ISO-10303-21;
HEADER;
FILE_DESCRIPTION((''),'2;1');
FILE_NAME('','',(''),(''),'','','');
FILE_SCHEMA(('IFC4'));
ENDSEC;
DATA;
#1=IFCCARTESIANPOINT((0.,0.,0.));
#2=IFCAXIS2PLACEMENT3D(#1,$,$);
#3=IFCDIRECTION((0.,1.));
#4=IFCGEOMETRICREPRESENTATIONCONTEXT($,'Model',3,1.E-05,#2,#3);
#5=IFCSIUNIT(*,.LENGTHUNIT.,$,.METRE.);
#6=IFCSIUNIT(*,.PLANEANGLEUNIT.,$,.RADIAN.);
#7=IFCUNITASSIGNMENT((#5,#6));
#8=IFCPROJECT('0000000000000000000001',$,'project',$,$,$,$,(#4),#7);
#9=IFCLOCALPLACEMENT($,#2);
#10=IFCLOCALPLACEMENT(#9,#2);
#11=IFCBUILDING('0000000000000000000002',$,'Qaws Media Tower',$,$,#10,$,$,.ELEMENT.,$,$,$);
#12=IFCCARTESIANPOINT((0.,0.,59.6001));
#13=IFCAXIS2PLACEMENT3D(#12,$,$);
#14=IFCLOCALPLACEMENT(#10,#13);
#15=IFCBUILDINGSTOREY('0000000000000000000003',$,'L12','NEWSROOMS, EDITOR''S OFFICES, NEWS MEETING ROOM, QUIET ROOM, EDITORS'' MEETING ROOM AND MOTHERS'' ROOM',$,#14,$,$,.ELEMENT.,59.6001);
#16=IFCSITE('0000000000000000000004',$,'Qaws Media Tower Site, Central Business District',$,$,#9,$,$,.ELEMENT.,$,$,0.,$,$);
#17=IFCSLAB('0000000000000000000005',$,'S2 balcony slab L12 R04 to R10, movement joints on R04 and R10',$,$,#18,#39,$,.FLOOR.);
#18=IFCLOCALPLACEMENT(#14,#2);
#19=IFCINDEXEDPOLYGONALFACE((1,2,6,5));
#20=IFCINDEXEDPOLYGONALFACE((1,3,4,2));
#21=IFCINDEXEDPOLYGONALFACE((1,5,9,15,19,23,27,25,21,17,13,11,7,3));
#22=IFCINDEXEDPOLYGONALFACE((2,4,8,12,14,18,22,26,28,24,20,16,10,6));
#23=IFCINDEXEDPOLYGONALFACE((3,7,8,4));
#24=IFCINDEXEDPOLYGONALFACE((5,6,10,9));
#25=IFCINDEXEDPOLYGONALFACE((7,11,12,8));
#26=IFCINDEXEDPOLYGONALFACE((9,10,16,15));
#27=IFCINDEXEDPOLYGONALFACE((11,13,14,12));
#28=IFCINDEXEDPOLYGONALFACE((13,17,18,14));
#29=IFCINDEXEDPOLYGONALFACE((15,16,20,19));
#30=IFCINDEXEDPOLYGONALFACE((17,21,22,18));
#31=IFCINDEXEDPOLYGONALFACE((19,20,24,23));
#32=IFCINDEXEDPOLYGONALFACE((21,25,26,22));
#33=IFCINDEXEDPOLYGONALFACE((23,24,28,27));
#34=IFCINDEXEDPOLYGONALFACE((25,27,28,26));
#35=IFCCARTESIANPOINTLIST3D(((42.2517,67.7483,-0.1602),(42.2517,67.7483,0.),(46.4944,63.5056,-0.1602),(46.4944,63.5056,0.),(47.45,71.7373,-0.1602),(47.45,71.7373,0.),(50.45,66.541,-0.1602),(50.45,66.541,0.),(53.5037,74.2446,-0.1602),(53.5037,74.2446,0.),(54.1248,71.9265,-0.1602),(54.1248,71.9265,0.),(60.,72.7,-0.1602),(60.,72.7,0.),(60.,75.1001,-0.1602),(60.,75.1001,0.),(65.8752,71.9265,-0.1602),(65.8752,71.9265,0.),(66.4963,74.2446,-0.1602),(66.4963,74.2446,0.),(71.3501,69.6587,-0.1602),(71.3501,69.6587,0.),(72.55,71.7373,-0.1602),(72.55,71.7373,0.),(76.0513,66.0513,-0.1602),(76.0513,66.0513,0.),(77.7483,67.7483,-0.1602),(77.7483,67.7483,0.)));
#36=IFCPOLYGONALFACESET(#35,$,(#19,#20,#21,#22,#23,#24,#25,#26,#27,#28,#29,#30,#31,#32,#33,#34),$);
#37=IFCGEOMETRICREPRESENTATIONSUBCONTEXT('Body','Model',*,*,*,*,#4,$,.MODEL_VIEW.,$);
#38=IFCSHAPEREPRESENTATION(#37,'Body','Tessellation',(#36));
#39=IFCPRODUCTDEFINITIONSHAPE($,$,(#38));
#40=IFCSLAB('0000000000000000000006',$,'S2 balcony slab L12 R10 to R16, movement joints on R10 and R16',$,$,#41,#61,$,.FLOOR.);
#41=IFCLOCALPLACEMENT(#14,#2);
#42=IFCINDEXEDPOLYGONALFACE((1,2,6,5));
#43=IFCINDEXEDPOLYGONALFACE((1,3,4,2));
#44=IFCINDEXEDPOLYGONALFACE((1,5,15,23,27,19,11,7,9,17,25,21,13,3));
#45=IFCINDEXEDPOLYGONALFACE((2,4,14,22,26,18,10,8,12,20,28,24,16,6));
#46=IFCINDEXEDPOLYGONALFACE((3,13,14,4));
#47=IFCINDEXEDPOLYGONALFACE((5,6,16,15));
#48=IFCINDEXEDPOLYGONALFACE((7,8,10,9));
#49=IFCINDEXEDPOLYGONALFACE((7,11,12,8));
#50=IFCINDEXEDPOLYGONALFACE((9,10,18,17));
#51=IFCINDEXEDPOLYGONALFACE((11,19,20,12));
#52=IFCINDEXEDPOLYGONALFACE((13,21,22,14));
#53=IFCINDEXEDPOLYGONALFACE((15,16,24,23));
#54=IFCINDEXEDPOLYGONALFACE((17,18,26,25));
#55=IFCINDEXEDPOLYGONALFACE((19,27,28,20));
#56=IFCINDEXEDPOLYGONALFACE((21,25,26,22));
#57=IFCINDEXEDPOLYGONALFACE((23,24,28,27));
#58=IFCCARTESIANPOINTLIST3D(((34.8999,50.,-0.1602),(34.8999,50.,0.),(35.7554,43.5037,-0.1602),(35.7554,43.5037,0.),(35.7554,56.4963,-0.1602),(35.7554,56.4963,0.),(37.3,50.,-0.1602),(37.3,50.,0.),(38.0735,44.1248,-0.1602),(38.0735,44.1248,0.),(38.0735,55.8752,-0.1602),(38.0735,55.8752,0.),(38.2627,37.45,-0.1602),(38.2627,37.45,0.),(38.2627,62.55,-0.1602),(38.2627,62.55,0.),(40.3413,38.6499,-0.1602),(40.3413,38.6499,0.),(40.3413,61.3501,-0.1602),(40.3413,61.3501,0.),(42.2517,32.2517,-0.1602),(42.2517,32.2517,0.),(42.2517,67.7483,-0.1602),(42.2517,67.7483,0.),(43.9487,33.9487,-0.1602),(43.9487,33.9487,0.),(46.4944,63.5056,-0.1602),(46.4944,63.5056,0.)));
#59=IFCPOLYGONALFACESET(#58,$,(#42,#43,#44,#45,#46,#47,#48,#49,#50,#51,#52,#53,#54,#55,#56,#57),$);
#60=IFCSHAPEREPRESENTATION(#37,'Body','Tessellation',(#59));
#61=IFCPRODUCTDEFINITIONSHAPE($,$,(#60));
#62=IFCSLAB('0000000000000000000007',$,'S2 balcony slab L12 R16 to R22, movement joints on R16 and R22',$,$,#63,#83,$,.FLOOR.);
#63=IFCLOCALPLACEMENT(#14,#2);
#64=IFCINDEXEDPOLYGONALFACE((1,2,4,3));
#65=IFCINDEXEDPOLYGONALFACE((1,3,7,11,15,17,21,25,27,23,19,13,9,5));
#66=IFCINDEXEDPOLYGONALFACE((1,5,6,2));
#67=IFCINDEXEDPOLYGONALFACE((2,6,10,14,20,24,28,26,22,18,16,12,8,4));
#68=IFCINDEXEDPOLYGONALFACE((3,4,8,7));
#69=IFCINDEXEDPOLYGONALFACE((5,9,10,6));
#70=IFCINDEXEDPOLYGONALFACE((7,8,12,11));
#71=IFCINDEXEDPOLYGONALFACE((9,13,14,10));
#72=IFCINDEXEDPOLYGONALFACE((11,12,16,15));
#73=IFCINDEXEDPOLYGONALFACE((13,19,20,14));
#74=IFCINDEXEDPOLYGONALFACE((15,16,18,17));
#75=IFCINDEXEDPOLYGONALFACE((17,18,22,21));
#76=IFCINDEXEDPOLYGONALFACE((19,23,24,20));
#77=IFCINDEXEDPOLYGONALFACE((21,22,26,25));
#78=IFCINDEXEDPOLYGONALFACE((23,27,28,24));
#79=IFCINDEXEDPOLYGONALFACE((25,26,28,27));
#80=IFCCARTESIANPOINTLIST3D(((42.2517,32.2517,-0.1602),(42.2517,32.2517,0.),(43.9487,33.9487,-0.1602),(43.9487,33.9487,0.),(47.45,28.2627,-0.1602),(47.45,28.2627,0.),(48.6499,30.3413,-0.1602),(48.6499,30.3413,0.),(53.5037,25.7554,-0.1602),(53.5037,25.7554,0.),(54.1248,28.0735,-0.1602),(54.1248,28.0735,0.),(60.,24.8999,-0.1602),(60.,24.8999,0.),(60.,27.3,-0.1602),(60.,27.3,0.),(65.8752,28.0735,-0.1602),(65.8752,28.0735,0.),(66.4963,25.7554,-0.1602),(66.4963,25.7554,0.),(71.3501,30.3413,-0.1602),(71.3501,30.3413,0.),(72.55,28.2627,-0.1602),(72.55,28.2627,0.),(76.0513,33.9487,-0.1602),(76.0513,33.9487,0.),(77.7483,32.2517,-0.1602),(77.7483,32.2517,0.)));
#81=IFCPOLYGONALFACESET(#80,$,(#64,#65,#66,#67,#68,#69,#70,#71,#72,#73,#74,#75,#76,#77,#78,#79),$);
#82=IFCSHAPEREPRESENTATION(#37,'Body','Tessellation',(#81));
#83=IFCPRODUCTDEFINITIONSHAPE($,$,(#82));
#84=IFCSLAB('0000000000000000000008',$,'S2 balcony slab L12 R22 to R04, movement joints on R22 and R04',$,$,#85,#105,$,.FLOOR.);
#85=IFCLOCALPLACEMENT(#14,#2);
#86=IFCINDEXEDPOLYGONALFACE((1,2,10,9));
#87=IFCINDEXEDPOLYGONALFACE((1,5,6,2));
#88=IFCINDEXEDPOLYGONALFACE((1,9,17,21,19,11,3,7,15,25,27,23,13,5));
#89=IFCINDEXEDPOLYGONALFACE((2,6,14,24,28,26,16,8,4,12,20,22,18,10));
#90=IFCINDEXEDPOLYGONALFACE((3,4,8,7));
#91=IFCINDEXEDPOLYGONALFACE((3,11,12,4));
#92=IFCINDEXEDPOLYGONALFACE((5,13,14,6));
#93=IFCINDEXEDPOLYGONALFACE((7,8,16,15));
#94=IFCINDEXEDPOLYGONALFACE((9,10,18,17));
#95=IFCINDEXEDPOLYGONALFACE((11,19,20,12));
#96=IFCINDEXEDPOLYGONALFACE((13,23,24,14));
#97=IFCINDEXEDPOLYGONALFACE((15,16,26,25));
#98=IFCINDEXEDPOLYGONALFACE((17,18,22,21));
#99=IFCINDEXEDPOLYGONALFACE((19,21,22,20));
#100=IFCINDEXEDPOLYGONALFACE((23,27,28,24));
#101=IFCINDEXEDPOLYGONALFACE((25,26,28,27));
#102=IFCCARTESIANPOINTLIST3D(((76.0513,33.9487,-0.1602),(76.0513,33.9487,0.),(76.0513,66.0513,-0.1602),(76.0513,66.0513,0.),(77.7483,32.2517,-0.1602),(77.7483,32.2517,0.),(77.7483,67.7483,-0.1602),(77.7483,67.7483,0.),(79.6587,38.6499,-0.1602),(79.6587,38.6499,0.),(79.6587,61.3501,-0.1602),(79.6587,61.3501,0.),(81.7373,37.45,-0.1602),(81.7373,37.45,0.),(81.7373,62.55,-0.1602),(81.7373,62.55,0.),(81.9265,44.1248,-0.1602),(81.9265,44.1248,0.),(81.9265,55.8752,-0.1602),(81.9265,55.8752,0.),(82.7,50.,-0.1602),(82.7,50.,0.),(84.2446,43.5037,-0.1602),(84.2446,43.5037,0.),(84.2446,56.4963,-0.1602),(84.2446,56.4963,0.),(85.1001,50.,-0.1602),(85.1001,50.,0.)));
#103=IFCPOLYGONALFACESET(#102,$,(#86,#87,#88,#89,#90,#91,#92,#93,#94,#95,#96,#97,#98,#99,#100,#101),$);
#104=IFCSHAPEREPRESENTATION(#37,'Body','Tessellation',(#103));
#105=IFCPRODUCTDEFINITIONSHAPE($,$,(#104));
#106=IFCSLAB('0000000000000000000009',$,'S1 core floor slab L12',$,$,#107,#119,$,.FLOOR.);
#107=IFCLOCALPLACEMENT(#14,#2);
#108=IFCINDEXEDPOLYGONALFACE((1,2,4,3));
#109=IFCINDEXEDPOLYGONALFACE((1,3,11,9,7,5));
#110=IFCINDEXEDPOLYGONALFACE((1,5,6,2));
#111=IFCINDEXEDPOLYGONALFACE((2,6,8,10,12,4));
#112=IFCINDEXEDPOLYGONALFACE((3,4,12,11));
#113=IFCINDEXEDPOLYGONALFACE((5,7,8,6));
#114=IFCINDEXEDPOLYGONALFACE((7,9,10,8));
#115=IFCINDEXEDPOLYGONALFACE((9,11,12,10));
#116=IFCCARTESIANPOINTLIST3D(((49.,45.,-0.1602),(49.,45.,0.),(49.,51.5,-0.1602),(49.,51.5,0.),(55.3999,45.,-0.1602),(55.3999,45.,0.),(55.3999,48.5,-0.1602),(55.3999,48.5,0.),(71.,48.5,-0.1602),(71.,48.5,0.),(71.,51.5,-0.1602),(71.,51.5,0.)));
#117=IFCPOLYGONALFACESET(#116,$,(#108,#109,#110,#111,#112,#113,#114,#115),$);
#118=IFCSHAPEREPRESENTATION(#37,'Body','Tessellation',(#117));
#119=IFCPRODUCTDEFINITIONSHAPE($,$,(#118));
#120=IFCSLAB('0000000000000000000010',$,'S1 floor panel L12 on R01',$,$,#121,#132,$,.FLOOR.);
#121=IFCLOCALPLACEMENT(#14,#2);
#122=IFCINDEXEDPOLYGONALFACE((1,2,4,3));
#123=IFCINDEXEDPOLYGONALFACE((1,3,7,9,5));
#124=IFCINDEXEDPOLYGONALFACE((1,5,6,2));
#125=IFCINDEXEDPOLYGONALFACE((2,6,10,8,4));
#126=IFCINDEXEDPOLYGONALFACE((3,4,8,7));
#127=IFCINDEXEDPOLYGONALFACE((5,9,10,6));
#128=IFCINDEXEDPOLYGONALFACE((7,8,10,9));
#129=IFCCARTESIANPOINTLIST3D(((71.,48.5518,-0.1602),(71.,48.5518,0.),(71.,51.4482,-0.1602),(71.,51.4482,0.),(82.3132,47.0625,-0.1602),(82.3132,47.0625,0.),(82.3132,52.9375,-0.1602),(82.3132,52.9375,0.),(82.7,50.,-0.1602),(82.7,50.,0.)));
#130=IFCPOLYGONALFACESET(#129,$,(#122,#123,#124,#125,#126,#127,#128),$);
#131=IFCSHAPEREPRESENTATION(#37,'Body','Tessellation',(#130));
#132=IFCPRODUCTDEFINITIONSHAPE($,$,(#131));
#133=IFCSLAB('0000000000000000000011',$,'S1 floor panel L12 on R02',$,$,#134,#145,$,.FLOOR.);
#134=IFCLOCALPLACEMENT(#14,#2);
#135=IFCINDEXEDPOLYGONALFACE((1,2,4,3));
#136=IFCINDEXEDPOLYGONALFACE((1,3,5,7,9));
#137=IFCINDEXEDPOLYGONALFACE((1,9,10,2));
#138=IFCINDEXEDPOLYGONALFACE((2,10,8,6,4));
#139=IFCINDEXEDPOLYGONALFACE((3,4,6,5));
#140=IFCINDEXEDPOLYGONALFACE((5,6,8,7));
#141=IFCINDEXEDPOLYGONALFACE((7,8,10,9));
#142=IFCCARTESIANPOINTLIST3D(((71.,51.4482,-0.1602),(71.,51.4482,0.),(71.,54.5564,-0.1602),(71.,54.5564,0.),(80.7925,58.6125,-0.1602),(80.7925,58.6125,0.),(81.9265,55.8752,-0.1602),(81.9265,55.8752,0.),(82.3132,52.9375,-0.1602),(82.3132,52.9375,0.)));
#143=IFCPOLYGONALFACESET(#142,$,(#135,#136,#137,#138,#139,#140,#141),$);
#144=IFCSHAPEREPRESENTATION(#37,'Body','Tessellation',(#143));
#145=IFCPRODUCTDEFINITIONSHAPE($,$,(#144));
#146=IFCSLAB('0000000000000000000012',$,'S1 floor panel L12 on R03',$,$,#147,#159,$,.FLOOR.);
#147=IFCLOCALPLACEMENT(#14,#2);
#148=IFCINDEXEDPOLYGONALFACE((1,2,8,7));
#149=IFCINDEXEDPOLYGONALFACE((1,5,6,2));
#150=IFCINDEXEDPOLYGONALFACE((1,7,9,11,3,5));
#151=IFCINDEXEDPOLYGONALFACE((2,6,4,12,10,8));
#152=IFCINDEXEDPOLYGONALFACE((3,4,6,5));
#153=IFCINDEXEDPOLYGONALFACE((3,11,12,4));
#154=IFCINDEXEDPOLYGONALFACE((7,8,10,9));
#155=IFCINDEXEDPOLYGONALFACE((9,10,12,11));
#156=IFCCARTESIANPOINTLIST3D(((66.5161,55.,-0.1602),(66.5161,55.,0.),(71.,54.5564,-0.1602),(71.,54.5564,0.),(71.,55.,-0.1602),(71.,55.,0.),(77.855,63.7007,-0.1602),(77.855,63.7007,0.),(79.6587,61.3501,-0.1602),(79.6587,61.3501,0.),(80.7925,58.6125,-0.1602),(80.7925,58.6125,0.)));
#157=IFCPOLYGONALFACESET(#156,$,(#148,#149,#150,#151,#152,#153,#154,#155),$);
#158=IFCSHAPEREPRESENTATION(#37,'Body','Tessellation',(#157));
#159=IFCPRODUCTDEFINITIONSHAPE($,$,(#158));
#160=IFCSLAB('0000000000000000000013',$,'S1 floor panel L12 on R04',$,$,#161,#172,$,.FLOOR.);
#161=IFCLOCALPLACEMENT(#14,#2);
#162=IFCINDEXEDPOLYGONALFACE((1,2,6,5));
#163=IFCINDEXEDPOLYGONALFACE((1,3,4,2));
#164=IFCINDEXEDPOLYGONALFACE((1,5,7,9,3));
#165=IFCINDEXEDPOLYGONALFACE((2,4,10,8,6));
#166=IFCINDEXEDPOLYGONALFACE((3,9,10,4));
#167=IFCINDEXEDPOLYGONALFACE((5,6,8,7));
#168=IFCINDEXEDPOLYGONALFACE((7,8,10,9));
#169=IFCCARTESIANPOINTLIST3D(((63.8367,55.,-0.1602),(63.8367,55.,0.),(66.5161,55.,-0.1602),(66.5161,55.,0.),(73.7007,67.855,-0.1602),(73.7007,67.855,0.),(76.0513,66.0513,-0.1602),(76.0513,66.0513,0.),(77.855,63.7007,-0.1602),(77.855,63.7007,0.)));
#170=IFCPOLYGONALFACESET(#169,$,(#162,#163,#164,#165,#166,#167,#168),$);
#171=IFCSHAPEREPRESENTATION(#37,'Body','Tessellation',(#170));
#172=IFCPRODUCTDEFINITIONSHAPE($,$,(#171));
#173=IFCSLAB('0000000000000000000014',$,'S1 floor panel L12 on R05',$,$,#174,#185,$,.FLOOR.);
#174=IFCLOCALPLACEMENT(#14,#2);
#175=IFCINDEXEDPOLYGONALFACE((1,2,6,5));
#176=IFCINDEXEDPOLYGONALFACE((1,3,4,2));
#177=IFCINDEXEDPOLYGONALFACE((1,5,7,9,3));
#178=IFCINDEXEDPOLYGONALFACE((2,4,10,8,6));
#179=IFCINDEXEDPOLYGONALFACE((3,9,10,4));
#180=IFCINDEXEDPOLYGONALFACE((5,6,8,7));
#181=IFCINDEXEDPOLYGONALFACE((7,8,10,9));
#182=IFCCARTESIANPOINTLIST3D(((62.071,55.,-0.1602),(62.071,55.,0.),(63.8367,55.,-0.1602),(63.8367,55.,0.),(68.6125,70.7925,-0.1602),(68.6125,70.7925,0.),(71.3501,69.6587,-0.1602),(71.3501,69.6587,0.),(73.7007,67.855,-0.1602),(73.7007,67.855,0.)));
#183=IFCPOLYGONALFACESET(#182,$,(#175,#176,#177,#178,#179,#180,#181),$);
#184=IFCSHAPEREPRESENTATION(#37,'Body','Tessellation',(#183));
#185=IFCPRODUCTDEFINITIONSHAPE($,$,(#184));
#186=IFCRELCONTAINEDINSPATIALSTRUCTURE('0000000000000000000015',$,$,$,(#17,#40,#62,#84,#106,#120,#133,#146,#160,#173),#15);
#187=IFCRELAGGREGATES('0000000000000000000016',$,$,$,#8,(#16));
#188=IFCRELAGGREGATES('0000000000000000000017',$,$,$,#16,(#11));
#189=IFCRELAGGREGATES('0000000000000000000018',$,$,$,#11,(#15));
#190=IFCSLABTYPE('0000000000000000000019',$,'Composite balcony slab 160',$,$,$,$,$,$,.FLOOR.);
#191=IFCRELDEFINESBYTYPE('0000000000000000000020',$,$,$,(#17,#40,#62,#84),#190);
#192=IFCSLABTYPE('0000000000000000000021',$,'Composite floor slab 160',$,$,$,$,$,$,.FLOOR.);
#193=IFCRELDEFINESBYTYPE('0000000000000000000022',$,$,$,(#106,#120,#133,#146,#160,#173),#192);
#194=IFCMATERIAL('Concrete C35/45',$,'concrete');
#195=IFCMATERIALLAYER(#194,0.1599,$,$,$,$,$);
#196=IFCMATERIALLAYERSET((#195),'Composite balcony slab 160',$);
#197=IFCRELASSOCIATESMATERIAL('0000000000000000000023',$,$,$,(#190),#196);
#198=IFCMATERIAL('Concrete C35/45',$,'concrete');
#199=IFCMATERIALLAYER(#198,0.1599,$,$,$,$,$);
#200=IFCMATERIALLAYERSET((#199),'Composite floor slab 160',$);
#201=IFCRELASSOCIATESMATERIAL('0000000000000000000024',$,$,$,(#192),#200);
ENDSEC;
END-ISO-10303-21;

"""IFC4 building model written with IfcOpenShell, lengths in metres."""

from ifc_helpers import new_model, si_unit, direction, frame, origin, place, context, subcontext, project, spatial, polyline, outline, extrude, material, layer, layer_set, type_object, element, save


model = new_model("IFC4")

# Units and contexts
model_context = context("Model", 3, precision=1e-05, world=origin(), true_north=direction((0.0, 1.0)))
body_context = subcontext(model_context, "Body", "Model", "MODEL_VIEW")
ifc_project = project(units=[si_unit("LENGTHUNIT", "METRE"), si_unit("PLANEANGLEUNIT", "RADIAN")], contexts=[model_context])

# Site, building, storey
site_placement = place(None, origin())
site = spatial("IfcSite", under=ifc_project, at=site_placement, Name="Qaws Media Tower Site, Central Business District", CompositionType="ELEMENT", RefElevation=0.0)
building_placement = place(site_placement, origin())
building = spatial("IfcBuilding", under=site, at=building_placement, Name="Qaws Media Tower", CompositionType="ELEMENT")
storey_placement = place(building_placement, frame((0.0, 0.0, 59.6001)))
storey = spatial("IfcBuildingStorey", under=building, at=storey_placement, Name="L12", Description="NEWSROOMS, EDITOR'S OFFICES, NEWS MEETING ROOM, QUIET ROOM, EDITORS' MEETING ROOM AND MOTHERS' ROOM", CompositionType="ELEMENT", Elevation=59.6001)

# Slabs
ifc_material_1 = material(Name="Concrete C35/45", Category="concrete")
ifc_layer_1 = layer(ifc_material_1, 0.1599)
ifc_layer_set_1 = layer_set([ifc_layer_1], Name="Composite balcony slab 160")
slab_type_1 = type_object("IfcSlabType", Name="Composite balcony slab 160", PredefinedType="FLOOR", material=ifc_layer_set_1)
slab_1_placement = place(storey_placement, frame((0.0, 0.0, -0.1602)))
element("IfcSlab", 1, at=slab_1_placement, inside=storey, type_object=slab_type_1, Name="S2 balcony slab L12 R04 to R10, movement joints on R04 and R10", PredefinedType="FLOOR", context=body_context, shape_type="SweptSolid", body=[
    extrude(outline(polyline([(47.45, 71.7373), (53.5037, 74.2446), (60.0, 75.1001), (66.4963, 74.2446), (72.55, 71.7373), (77.7483, 67.7483), (76.0513, 66.0513), (71.3501, 69.6587), (65.8752, 71.9265), (60.0, 72.7), (54.1248, 71.9265), (50.45, 66.541), (46.4944, 63.5056), (42.2517, 67.7483), (47.45, 71.7373)])), origin(), (0.0, 0.0, 1.0), 0.1602),
])
slab_2_placement = place(storey_placement, frame((0.0, 0.0, -0.1602)))
element("IfcSlab", 2, at=slab_2_placement, inside=storey, type_object=slab_type_1, Name="S2 balcony slab L12 R10 to R16, movement joints on R10 and R16", PredefinedType="FLOOR", context=body_context, shape_type="SweptSolid", body=[
    extrude(outline(polyline([(38.2627, 37.45), (35.7554, 43.5037), (34.8999, 50.0), (35.7554, 56.4963), (38.2627, 62.55), (42.2517, 67.7483), (46.4944, 63.5056), (40.3413, 61.3501), (38.0735, 55.8752), (37.3, 50.0), (38.0735, 44.1248), (40.3413, 38.6499), (43.9487, 33.9487), (42.2517, 32.2517), (38.2627, 37.45)])), origin(), (0.0, 0.0, 1.0), 0.1602),
])
slab_3_placement = place(storey_placement, frame((0.0, 0.0, -0.1602)))
element("IfcSlab", 3, at=slab_3_placement, inside=storey, type_object=slab_type_1, Name="S2 balcony slab L12 R16 to R22, movement joints on R16 and R22", PredefinedType="FLOOR", context=body_context, shape_type="SweptSolid", body=[
    extrude(outline(polyline([(72.55, 28.2627), (66.4963, 25.7554), (60.0, 24.8999), (53.5037, 25.7554), (47.45, 28.2627), (42.2517, 32.2517), (43.9487, 33.9487), (48.6499, 30.3413), (54.1248, 28.0735), (60.0, 27.3), (65.8752, 28.0735), (71.3501, 30.3413), (76.0513, 33.9487), (77.7483, 32.2517), (72.55, 28.2627)])), origin(), (0.0, 0.0, 1.0), 0.1602),
])
slab_4_placement = place(storey_placement, frame((0.0, 0.0, -0.1602)))
element("IfcSlab", 4, at=slab_4_placement, inside=storey, type_object=slab_type_1, Name="S2 balcony slab L12 R22 to R04, movement joints on R22 and R04", PredefinedType="FLOOR", context=body_context, shape_type="SweptSolid", body=[
    extrude(outline(polyline([(81.7373, 37.45), (77.7483, 32.2517), (76.0513, 33.9487), (79.6587, 38.6499), (81.9265, 44.1248), (82.7, 50.0), (81.9265, 55.8752), (79.6587, 61.3501), (76.0513, 66.0513), (77.7483, 67.7483), (81.7373, 62.55), (84.2446, 56.4963), (85.1001, 50.0), (84.2446, 43.5037), (81.7373, 37.45)])), origin(), (0.0, 0.0, 1.0), 0.1602),
])
ifc_material_2 = material(Name="Concrete C35/45", Category="concrete")
ifc_layer_2 = layer(ifc_material_2, 0.1599)
ifc_layer_set_2 = layer_set([ifc_layer_2], Name="Composite floor slab 160")
slab_type_2 = type_object("IfcSlabType", Name="Composite floor slab 160", PredefinedType="FLOOR", material=ifc_layer_set_2)
slab_5_placement = place(storey_placement, frame((0.0, 0.0, -0.1602)))
element("IfcSlab", 5, at=slab_5_placement, inside=storey, type_object=slab_type_2, Name="S1 core floor slab L12", PredefinedType="FLOOR", context=body_context, shape_type="SweptSolid", body=[
    extrude(outline(polyline([(71.0, 51.5), (71.0, 48.5), (55.3999, 48.5), (55.3999, 45.0), (49.0, 45.0), (49.0, 51.5), (71.0, 51.5)])), origin(), (0.0, 0.0, 1.0), 0.1602),
])
slab_6_placement = place(storey_placement, frame((0.0, 0.0, -0.1602)))
element("IfcSlab", 6, at=slab_6_placement, inside=storey, type_object=slab_type_2, Name="S1 floor panel L12 on R01", PredefinedType="FLOOR", context=body_context, shape_type="SweptSolid", body=[
    extrude(outline(polyline([(82.7, 50.0), (82.3132, 47.0625), (71.0, 48.5518), (71.0, 51.4482), (82.3132, 52.9375), (82.7, 50.0)])), origin(), (0.0, 0.0, 1.0), 0.1602),
])
slab_7_placement = place(storey_placement, frame((0.0, 0.0, -0.1602)))
element("IfcSlab", 7, at=slab_7_placement, inside=storey, type_object=slab_type_2, Name="S1 floor panel L12 on R02", PredefinedType="FLOOR", context=body_context, shape_type="SweptSolid", body=[
    extrude(outline(polyline([(81.9265, 55.8752), (82.3132, 52.9375), (71.0, 51.4482), (71.0, 54.5564), (80.7925, 58.6125), (81.9265, 55.8752)])), origin(), (0.0, 0.0, 1.0), 0.1602),
])
slab_8_placement = place(storey_placement, frame((0.0, 0.0, -0.1602)))
element("IfcSlab", 8, at=slab_8_placement, inside=storey, type_object=slab_type_2, Name="S1 floor panel L12 on R03", PredefinedType="FLOOR", context=body_context, shape_type="SweptSolid", body=[
    extrude(outline(polyline([(79.6587, 61.3501), (80.7925, 58.6125), (71.0, 54.5564), (71.0, 55.0), (66.5161, 55.0), (77.855, 63.7007), (79.6587, 61.3501)])), origin(), (0.0, 0.0, 1.0), 0.1602),
])
slab_9_placement = place(storey_placement, frame((0.0, 0.0, -0.1602)))
element("IfcSlab", 9, at=slab_9_placement, inside=storey, type_object=slab_type_2, Name="S1 floor panel L12 on R04", PredefinedType="FLOOR", context=body_context, shape_type="SweptSolid", body=[
    extrude(outline(polyline([(76.0513, 66.0513), (77.855, 63.7007), (66.5161, 55.0), (63.8367, 55.0), (73.7007, 67.855), (76.0513, 66.0513)])), origin(), (0.0, 0.0, 1.0), 0.1602),
])
slab_10_placement = place(storey_placement, frame((0.0, 0.0, -0.1602)))
element("IfcSlab", 10, at=slab_10_placement, inside=storey, type_object=slab_type_2, Name="S1 floor panel L12 on R05", PredefinedType="FLOOR", context=body_context, shape_type="SweptSolid", body=[
    extrude(outline(polyline([(71.3501, 69.6587), (73.7007, 67.855), (63.8367, 55.0), (62.071, 55.0), (68.6125, 70.7925), (71.3501, 69.6587)])), origin(), (0.0, 0.0, 1.0), 0.1602),
])

save(model, "model.ifc")
